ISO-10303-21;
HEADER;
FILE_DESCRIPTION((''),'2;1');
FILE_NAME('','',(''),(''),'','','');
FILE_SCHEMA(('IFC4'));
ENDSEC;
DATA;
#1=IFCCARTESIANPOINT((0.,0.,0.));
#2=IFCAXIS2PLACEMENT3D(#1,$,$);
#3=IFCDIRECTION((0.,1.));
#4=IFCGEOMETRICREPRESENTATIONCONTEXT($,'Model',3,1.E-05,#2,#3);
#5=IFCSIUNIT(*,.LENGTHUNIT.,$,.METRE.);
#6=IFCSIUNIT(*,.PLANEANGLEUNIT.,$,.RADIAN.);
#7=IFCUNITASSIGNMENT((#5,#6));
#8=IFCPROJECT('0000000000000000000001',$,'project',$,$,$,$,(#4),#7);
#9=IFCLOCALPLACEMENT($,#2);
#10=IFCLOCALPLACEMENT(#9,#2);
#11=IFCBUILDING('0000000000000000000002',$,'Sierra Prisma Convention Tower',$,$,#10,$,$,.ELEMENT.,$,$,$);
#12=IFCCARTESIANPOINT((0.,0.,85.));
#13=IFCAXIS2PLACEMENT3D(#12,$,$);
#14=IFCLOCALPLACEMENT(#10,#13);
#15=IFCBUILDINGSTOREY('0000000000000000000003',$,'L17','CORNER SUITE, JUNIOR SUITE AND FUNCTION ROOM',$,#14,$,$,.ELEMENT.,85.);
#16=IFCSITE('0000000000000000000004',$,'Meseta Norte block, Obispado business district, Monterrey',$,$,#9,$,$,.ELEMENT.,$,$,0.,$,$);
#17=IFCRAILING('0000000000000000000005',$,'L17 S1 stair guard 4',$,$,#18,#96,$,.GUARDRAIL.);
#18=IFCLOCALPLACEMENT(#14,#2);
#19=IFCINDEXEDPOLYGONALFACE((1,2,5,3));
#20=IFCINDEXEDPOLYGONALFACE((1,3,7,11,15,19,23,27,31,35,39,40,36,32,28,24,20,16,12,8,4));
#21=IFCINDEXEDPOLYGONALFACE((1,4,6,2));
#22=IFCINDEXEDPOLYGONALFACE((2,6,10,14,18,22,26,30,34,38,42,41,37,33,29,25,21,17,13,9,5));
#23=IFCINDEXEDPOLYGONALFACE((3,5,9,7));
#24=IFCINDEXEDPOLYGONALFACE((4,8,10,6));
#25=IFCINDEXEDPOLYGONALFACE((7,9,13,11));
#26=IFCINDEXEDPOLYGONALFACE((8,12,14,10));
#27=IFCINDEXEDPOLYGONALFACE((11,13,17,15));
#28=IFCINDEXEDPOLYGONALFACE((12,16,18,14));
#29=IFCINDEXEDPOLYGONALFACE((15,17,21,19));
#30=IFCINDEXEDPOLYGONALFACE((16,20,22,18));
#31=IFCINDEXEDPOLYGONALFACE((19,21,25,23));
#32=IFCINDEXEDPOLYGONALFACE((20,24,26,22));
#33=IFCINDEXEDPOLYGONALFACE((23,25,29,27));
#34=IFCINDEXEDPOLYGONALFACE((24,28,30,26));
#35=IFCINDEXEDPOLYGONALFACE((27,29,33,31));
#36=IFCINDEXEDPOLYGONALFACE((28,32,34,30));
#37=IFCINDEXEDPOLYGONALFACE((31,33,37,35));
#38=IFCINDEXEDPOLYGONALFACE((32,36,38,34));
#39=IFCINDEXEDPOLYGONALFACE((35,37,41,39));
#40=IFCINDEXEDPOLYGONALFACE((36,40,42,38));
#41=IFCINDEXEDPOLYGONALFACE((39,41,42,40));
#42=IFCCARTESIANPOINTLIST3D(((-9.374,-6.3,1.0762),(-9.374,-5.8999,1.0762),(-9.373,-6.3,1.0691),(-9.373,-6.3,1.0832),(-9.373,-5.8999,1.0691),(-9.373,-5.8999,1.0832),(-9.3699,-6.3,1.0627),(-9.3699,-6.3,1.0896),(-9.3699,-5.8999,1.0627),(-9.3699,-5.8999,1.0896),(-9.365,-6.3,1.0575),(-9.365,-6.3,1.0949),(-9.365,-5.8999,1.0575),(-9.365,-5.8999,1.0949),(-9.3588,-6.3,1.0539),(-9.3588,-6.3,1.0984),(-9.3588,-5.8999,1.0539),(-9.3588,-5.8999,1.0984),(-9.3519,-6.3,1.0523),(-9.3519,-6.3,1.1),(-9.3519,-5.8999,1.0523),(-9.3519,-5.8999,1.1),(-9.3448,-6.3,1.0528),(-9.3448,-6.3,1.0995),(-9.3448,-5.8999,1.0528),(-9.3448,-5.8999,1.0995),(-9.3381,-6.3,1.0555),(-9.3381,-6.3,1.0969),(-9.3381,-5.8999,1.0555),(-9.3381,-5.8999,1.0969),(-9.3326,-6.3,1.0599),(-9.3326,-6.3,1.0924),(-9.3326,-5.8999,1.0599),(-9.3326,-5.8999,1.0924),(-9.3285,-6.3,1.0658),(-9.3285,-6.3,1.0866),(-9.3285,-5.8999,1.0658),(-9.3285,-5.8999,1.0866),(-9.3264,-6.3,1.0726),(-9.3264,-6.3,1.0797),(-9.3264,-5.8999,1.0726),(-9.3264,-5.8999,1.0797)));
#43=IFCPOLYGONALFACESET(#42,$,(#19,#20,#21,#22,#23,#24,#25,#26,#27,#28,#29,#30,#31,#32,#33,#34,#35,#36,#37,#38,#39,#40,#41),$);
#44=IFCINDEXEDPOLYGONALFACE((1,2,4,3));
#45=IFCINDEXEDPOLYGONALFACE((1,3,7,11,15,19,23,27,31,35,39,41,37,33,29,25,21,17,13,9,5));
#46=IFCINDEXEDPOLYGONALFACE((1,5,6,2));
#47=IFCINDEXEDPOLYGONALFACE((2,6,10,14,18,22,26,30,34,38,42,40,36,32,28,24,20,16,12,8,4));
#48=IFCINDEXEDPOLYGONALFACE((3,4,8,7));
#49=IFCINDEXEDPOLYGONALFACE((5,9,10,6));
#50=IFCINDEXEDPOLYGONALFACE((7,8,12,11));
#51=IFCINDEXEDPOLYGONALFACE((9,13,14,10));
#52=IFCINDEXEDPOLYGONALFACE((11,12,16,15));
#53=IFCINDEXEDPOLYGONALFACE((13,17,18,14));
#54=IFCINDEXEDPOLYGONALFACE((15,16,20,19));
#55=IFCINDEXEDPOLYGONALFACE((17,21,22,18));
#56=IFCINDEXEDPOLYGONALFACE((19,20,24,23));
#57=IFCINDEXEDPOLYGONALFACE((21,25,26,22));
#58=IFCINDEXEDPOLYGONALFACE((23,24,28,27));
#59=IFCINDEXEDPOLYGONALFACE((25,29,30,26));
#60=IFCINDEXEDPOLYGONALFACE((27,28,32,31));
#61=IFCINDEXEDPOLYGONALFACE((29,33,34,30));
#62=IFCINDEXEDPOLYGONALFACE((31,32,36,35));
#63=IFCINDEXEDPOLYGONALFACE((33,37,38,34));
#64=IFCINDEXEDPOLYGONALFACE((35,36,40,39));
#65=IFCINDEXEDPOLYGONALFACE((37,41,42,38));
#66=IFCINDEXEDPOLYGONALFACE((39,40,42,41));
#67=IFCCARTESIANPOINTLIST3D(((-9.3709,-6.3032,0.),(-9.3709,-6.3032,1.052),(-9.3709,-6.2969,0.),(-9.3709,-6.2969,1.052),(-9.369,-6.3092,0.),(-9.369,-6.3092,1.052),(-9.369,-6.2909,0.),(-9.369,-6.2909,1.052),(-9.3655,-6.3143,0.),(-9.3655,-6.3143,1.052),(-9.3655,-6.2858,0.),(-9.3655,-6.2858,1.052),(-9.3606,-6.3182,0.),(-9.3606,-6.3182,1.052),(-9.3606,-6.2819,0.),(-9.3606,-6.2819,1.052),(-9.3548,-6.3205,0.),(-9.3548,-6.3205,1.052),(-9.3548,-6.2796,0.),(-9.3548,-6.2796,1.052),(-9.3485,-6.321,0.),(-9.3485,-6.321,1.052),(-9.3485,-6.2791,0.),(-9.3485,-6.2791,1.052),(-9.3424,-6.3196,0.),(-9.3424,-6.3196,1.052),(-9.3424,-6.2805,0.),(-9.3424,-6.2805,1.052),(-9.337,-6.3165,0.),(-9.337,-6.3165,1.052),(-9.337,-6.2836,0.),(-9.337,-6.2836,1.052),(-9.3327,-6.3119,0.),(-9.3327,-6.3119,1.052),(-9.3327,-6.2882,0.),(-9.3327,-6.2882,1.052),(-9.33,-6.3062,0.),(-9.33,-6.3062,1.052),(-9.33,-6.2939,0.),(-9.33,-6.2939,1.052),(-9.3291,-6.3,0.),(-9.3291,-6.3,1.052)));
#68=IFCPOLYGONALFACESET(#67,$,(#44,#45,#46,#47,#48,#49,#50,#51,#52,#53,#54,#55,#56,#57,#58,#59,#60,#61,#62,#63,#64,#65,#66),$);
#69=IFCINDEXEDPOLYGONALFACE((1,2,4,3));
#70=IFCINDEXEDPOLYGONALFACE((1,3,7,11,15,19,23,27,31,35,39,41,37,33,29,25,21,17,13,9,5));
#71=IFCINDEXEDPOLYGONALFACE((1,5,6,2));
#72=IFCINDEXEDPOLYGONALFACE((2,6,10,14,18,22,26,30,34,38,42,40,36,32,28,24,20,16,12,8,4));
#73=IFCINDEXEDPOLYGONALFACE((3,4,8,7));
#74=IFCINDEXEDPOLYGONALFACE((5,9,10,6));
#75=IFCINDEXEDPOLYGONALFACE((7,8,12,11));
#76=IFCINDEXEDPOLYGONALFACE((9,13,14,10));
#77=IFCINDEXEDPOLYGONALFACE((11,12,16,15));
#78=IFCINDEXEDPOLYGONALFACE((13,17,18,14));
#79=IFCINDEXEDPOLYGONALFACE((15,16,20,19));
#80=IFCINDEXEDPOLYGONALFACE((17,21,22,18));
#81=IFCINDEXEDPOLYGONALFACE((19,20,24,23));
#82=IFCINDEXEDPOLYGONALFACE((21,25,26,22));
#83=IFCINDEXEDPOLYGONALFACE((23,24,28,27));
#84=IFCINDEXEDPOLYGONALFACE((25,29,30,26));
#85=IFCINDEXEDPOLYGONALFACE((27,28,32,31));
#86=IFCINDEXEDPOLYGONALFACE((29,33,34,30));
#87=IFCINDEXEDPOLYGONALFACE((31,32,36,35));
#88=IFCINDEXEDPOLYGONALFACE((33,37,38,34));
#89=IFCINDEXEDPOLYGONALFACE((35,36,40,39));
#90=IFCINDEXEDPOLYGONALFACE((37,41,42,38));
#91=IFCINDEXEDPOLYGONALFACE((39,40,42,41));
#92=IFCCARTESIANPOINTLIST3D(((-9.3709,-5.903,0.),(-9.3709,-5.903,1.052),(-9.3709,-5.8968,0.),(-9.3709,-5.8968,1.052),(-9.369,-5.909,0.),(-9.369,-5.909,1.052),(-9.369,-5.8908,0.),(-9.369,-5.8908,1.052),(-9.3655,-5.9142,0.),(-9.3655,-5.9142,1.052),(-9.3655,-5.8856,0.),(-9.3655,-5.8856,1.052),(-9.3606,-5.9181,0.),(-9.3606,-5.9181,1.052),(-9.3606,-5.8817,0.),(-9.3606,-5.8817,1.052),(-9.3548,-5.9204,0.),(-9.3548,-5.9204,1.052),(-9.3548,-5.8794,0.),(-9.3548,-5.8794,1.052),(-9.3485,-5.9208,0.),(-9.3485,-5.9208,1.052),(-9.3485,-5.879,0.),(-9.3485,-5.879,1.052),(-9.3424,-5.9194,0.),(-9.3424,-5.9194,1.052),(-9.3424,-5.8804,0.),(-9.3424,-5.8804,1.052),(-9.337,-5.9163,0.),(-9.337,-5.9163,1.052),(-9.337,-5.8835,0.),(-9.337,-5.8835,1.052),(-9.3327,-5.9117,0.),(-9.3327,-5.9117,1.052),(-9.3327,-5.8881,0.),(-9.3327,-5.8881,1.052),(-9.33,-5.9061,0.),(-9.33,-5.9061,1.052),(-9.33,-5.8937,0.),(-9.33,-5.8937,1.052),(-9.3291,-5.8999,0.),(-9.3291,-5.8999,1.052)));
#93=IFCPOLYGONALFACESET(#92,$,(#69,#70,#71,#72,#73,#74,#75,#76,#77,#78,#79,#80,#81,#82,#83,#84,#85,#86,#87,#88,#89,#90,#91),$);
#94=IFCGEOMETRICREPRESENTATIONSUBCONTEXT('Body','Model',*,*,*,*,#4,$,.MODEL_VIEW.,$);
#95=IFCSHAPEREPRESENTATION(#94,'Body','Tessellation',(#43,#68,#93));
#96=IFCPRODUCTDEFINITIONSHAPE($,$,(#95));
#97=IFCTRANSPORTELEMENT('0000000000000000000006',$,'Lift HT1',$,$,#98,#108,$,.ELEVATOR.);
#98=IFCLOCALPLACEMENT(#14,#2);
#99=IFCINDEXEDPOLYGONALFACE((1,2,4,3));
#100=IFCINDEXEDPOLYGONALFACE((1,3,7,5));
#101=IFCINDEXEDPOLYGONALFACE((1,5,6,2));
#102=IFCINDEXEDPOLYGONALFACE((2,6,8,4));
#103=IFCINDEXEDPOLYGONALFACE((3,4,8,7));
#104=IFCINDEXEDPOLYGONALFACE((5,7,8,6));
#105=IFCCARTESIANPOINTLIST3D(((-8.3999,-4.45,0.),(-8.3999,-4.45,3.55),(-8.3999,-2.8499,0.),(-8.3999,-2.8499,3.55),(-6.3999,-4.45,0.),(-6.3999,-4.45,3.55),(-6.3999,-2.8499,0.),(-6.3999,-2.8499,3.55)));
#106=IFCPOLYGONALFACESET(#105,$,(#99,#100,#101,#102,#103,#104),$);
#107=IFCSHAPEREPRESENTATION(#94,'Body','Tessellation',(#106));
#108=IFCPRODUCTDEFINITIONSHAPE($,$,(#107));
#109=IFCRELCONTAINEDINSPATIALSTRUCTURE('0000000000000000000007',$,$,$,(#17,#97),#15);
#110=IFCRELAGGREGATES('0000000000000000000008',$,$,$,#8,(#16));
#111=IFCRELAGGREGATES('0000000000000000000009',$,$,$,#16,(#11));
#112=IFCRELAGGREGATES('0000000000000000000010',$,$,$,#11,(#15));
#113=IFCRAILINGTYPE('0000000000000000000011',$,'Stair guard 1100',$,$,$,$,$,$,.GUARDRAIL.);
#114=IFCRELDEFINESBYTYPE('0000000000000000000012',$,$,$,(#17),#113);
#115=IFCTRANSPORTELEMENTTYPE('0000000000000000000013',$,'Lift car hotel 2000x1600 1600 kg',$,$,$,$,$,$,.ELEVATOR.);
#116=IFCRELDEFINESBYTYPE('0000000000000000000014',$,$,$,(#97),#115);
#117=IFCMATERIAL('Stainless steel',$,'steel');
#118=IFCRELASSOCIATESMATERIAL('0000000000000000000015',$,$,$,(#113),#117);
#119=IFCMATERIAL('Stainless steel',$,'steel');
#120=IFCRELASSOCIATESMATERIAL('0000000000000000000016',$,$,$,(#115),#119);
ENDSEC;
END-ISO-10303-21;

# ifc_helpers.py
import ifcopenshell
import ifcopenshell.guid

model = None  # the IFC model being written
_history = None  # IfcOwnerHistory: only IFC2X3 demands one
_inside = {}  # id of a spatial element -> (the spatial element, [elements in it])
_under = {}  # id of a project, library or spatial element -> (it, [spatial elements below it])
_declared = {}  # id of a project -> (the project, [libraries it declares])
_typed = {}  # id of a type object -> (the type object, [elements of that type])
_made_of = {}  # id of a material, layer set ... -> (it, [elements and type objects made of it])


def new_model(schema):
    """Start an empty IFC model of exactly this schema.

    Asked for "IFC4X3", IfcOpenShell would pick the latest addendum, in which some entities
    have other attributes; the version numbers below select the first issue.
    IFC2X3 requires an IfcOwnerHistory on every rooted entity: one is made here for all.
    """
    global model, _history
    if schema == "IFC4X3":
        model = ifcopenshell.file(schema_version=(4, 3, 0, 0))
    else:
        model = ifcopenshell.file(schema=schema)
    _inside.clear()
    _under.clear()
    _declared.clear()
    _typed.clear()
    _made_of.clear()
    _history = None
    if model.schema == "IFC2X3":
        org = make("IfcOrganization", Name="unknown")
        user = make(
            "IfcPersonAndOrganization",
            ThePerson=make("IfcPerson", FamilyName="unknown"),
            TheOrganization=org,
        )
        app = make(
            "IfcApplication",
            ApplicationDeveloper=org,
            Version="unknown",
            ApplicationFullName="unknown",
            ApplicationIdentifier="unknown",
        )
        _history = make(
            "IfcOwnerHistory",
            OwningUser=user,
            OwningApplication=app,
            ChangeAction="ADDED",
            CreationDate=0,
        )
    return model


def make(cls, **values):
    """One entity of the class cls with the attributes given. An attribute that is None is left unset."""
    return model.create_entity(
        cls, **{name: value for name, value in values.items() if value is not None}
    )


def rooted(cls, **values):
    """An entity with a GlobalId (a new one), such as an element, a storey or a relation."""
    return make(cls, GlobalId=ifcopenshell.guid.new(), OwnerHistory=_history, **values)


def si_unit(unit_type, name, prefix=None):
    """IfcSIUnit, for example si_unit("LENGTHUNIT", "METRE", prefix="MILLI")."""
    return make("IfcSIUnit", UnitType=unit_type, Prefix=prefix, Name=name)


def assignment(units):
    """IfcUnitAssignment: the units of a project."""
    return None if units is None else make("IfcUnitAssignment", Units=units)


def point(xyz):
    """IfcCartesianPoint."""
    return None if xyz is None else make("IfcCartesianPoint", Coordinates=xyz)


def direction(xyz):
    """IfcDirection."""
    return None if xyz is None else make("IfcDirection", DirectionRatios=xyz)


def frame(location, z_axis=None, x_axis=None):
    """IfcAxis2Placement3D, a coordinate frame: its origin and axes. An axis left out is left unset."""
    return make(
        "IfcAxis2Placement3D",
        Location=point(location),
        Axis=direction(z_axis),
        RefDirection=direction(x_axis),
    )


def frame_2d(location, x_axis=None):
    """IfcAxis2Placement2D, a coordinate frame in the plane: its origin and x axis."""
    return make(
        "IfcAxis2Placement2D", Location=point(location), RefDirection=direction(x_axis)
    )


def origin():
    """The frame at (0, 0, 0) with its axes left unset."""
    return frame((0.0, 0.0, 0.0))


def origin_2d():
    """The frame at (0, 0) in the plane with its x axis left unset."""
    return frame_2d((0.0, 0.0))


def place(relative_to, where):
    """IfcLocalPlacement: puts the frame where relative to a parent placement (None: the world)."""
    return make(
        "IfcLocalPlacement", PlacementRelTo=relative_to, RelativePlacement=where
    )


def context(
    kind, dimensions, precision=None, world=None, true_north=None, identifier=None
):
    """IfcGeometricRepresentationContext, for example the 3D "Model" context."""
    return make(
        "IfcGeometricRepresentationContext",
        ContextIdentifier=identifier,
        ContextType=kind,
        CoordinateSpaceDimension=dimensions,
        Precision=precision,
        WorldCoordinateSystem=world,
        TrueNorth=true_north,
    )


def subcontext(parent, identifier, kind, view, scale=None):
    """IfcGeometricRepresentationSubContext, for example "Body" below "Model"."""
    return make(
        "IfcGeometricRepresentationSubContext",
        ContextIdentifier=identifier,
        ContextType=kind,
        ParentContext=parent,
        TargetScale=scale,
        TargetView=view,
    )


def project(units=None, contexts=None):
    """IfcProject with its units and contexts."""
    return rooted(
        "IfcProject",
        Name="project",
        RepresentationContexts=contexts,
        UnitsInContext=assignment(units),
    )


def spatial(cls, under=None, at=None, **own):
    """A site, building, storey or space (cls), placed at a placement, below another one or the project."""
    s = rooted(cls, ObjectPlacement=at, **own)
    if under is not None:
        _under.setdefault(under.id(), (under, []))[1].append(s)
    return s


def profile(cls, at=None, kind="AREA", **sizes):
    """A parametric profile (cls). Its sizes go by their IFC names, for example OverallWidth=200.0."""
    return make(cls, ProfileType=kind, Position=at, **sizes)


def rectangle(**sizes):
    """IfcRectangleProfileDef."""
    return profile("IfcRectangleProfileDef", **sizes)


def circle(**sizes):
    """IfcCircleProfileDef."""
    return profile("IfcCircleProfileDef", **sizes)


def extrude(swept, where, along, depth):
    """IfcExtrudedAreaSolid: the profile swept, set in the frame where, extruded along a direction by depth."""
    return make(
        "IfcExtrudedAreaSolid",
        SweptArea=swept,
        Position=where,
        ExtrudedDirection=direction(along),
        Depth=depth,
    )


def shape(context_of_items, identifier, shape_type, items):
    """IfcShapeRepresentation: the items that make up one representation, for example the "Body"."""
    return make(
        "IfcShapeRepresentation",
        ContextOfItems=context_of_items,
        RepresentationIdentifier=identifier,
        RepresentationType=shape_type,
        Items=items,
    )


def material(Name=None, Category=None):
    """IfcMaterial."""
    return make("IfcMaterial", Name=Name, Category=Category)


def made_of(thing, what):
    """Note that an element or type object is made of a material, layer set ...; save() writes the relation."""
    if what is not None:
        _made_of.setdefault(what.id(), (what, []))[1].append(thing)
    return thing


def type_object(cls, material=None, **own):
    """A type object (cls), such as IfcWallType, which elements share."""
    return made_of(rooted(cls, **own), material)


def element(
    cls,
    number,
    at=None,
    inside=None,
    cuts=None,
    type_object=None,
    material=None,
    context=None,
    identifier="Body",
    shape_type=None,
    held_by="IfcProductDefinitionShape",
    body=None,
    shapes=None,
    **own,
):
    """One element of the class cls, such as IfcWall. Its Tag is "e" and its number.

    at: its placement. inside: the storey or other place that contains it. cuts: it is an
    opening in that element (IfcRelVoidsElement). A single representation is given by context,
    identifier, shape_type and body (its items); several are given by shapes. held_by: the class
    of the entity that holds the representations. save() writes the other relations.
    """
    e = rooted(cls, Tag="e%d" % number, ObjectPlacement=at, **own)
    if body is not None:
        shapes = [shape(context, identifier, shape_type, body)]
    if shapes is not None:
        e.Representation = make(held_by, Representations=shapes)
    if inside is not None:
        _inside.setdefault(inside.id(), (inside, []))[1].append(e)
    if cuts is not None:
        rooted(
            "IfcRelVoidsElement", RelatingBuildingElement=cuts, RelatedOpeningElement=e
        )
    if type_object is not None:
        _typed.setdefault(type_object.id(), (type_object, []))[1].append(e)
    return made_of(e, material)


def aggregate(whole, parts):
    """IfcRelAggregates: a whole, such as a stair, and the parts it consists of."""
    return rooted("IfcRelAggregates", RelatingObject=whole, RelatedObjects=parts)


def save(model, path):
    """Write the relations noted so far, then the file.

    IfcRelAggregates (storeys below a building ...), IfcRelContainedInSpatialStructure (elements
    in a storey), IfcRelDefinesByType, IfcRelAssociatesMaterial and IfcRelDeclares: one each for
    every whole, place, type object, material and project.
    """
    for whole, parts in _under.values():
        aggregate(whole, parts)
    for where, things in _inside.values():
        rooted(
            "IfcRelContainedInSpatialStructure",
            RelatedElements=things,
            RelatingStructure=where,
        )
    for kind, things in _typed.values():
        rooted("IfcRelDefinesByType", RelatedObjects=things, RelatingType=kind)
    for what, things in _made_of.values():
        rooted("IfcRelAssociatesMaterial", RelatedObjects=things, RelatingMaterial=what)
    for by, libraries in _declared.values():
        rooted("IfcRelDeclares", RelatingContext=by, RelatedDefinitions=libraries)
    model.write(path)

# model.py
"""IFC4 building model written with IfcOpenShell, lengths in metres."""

from ifc_helpers import new_model, si_unit, direction, frame, origin, origin_2d, place, context, subcontext, project, spatial, rectangle, circle, extrude, material, type_object, element, save


model = new_model("IFC4")

# Units and contexts
model_context = context("Model", 3, precision=1e-05, world=origin(), true_north=direction((0.0, 1.0)))
body_context = subcontext(model_context, "Body", "Model", "MODEL_VIEW")
ifc_project = project(units=[si_unit("LENGTHUNIT", "METRE"), si_unit("PLANEANGLEUNIT", "RADIAN")], contexts=[model_context])

# Site, building, storey
site_placement = place(None, origin())
site = spatial("IfcSite", under=ifc_project, at=site_placement, Name="Meseta Norte block, Obispado business district, Monterrey", CompositionType="ELEMENT", RefElevation=0.0)
building_placement = place(site_placement, origin())
building = spatial("IfcBuilding", under=site, at=building_placement, Name="Sierra Prisma Convention Tower", CompositionType="ELEMENT")
storey_placement = place(building_placement, frame((0.0, 0.0, 85.0)))
storey = spatial("IfcBuildingStorey", under=building, at=storey_placement, Name="L17", Description="CORNER SUITE, JUNIOR SUITE AND FUNCTION ROOM", CompositionType="ELEMENT", Elevation=85.0)

# Railing
ifc_material_1 = material(Name="Stainless steel", Category="steel")
railing_type_1 = type_object("IfcRailingType", Name="Stair guard 1100", PredefinedType="GUARDRAIL", material=ifc_material_1)
railing_1_placement = place(storey_placement, frame((-9.3501, -6.3, 0.0)))
element("IfcRailing", 1, at=railing_1_placement, inside=storey, type_object=railing_type_1, Name="L17 S1 stair guard 4", PredefinedType="GUARDRAIL", context=body_context, shape_type="SweptSolid", body=[
    extrude(circle(Radius=0.0239, at=origin_2d()), frame((0.0, 0.0, 1.0762), z_axis=(0.0, 1.0, 0.0), x_axis=(-1.0, 0.0, 0.0)), (0.0, 0.0, 1.0), 0.4001),
    extrude(circle(Radius=0.021, at=origin_2d()), origin(), (0.0, 0.0, 1.0), 1.052),
    extrude(circle(Radius=0.021, at=origin_2d()), frame((0.0, 0.4001, 0.0)), (0.0, 0.0, 1.0), 1.052),
])

# Transport element
ifc_material_2 = material(Name="Stainless steel", Category="steel")
transport_element_type = type_object("IfcTransportElementType", Name="Lift car hotel 2000x1600 1600 kg", PredefinedType="ELEVATOR", material=ifc_material_2)
transport_element_placement = place(storey_placement, frame((-7.3999, -3.6499, 0.0), z_axis=(0.0, 0.0, 1.0), x_axis=(1.0, 0.0, 0.0)))
element("IfcTransportElement", 2, at=transport_element_placement, inside=storey, type_object=transport_element_type, Name="Lift HT1", PredefinedType="ELEVATOR", context=body_context, shape_type="SweptSolid", body=[
    extrude(rectangle(XDim=2.0, YDim=1.6001, at=origin_2d()), origin(), (0.0, 0.0, 1.0), 3.55),
])

save(model, "model.ifc")
